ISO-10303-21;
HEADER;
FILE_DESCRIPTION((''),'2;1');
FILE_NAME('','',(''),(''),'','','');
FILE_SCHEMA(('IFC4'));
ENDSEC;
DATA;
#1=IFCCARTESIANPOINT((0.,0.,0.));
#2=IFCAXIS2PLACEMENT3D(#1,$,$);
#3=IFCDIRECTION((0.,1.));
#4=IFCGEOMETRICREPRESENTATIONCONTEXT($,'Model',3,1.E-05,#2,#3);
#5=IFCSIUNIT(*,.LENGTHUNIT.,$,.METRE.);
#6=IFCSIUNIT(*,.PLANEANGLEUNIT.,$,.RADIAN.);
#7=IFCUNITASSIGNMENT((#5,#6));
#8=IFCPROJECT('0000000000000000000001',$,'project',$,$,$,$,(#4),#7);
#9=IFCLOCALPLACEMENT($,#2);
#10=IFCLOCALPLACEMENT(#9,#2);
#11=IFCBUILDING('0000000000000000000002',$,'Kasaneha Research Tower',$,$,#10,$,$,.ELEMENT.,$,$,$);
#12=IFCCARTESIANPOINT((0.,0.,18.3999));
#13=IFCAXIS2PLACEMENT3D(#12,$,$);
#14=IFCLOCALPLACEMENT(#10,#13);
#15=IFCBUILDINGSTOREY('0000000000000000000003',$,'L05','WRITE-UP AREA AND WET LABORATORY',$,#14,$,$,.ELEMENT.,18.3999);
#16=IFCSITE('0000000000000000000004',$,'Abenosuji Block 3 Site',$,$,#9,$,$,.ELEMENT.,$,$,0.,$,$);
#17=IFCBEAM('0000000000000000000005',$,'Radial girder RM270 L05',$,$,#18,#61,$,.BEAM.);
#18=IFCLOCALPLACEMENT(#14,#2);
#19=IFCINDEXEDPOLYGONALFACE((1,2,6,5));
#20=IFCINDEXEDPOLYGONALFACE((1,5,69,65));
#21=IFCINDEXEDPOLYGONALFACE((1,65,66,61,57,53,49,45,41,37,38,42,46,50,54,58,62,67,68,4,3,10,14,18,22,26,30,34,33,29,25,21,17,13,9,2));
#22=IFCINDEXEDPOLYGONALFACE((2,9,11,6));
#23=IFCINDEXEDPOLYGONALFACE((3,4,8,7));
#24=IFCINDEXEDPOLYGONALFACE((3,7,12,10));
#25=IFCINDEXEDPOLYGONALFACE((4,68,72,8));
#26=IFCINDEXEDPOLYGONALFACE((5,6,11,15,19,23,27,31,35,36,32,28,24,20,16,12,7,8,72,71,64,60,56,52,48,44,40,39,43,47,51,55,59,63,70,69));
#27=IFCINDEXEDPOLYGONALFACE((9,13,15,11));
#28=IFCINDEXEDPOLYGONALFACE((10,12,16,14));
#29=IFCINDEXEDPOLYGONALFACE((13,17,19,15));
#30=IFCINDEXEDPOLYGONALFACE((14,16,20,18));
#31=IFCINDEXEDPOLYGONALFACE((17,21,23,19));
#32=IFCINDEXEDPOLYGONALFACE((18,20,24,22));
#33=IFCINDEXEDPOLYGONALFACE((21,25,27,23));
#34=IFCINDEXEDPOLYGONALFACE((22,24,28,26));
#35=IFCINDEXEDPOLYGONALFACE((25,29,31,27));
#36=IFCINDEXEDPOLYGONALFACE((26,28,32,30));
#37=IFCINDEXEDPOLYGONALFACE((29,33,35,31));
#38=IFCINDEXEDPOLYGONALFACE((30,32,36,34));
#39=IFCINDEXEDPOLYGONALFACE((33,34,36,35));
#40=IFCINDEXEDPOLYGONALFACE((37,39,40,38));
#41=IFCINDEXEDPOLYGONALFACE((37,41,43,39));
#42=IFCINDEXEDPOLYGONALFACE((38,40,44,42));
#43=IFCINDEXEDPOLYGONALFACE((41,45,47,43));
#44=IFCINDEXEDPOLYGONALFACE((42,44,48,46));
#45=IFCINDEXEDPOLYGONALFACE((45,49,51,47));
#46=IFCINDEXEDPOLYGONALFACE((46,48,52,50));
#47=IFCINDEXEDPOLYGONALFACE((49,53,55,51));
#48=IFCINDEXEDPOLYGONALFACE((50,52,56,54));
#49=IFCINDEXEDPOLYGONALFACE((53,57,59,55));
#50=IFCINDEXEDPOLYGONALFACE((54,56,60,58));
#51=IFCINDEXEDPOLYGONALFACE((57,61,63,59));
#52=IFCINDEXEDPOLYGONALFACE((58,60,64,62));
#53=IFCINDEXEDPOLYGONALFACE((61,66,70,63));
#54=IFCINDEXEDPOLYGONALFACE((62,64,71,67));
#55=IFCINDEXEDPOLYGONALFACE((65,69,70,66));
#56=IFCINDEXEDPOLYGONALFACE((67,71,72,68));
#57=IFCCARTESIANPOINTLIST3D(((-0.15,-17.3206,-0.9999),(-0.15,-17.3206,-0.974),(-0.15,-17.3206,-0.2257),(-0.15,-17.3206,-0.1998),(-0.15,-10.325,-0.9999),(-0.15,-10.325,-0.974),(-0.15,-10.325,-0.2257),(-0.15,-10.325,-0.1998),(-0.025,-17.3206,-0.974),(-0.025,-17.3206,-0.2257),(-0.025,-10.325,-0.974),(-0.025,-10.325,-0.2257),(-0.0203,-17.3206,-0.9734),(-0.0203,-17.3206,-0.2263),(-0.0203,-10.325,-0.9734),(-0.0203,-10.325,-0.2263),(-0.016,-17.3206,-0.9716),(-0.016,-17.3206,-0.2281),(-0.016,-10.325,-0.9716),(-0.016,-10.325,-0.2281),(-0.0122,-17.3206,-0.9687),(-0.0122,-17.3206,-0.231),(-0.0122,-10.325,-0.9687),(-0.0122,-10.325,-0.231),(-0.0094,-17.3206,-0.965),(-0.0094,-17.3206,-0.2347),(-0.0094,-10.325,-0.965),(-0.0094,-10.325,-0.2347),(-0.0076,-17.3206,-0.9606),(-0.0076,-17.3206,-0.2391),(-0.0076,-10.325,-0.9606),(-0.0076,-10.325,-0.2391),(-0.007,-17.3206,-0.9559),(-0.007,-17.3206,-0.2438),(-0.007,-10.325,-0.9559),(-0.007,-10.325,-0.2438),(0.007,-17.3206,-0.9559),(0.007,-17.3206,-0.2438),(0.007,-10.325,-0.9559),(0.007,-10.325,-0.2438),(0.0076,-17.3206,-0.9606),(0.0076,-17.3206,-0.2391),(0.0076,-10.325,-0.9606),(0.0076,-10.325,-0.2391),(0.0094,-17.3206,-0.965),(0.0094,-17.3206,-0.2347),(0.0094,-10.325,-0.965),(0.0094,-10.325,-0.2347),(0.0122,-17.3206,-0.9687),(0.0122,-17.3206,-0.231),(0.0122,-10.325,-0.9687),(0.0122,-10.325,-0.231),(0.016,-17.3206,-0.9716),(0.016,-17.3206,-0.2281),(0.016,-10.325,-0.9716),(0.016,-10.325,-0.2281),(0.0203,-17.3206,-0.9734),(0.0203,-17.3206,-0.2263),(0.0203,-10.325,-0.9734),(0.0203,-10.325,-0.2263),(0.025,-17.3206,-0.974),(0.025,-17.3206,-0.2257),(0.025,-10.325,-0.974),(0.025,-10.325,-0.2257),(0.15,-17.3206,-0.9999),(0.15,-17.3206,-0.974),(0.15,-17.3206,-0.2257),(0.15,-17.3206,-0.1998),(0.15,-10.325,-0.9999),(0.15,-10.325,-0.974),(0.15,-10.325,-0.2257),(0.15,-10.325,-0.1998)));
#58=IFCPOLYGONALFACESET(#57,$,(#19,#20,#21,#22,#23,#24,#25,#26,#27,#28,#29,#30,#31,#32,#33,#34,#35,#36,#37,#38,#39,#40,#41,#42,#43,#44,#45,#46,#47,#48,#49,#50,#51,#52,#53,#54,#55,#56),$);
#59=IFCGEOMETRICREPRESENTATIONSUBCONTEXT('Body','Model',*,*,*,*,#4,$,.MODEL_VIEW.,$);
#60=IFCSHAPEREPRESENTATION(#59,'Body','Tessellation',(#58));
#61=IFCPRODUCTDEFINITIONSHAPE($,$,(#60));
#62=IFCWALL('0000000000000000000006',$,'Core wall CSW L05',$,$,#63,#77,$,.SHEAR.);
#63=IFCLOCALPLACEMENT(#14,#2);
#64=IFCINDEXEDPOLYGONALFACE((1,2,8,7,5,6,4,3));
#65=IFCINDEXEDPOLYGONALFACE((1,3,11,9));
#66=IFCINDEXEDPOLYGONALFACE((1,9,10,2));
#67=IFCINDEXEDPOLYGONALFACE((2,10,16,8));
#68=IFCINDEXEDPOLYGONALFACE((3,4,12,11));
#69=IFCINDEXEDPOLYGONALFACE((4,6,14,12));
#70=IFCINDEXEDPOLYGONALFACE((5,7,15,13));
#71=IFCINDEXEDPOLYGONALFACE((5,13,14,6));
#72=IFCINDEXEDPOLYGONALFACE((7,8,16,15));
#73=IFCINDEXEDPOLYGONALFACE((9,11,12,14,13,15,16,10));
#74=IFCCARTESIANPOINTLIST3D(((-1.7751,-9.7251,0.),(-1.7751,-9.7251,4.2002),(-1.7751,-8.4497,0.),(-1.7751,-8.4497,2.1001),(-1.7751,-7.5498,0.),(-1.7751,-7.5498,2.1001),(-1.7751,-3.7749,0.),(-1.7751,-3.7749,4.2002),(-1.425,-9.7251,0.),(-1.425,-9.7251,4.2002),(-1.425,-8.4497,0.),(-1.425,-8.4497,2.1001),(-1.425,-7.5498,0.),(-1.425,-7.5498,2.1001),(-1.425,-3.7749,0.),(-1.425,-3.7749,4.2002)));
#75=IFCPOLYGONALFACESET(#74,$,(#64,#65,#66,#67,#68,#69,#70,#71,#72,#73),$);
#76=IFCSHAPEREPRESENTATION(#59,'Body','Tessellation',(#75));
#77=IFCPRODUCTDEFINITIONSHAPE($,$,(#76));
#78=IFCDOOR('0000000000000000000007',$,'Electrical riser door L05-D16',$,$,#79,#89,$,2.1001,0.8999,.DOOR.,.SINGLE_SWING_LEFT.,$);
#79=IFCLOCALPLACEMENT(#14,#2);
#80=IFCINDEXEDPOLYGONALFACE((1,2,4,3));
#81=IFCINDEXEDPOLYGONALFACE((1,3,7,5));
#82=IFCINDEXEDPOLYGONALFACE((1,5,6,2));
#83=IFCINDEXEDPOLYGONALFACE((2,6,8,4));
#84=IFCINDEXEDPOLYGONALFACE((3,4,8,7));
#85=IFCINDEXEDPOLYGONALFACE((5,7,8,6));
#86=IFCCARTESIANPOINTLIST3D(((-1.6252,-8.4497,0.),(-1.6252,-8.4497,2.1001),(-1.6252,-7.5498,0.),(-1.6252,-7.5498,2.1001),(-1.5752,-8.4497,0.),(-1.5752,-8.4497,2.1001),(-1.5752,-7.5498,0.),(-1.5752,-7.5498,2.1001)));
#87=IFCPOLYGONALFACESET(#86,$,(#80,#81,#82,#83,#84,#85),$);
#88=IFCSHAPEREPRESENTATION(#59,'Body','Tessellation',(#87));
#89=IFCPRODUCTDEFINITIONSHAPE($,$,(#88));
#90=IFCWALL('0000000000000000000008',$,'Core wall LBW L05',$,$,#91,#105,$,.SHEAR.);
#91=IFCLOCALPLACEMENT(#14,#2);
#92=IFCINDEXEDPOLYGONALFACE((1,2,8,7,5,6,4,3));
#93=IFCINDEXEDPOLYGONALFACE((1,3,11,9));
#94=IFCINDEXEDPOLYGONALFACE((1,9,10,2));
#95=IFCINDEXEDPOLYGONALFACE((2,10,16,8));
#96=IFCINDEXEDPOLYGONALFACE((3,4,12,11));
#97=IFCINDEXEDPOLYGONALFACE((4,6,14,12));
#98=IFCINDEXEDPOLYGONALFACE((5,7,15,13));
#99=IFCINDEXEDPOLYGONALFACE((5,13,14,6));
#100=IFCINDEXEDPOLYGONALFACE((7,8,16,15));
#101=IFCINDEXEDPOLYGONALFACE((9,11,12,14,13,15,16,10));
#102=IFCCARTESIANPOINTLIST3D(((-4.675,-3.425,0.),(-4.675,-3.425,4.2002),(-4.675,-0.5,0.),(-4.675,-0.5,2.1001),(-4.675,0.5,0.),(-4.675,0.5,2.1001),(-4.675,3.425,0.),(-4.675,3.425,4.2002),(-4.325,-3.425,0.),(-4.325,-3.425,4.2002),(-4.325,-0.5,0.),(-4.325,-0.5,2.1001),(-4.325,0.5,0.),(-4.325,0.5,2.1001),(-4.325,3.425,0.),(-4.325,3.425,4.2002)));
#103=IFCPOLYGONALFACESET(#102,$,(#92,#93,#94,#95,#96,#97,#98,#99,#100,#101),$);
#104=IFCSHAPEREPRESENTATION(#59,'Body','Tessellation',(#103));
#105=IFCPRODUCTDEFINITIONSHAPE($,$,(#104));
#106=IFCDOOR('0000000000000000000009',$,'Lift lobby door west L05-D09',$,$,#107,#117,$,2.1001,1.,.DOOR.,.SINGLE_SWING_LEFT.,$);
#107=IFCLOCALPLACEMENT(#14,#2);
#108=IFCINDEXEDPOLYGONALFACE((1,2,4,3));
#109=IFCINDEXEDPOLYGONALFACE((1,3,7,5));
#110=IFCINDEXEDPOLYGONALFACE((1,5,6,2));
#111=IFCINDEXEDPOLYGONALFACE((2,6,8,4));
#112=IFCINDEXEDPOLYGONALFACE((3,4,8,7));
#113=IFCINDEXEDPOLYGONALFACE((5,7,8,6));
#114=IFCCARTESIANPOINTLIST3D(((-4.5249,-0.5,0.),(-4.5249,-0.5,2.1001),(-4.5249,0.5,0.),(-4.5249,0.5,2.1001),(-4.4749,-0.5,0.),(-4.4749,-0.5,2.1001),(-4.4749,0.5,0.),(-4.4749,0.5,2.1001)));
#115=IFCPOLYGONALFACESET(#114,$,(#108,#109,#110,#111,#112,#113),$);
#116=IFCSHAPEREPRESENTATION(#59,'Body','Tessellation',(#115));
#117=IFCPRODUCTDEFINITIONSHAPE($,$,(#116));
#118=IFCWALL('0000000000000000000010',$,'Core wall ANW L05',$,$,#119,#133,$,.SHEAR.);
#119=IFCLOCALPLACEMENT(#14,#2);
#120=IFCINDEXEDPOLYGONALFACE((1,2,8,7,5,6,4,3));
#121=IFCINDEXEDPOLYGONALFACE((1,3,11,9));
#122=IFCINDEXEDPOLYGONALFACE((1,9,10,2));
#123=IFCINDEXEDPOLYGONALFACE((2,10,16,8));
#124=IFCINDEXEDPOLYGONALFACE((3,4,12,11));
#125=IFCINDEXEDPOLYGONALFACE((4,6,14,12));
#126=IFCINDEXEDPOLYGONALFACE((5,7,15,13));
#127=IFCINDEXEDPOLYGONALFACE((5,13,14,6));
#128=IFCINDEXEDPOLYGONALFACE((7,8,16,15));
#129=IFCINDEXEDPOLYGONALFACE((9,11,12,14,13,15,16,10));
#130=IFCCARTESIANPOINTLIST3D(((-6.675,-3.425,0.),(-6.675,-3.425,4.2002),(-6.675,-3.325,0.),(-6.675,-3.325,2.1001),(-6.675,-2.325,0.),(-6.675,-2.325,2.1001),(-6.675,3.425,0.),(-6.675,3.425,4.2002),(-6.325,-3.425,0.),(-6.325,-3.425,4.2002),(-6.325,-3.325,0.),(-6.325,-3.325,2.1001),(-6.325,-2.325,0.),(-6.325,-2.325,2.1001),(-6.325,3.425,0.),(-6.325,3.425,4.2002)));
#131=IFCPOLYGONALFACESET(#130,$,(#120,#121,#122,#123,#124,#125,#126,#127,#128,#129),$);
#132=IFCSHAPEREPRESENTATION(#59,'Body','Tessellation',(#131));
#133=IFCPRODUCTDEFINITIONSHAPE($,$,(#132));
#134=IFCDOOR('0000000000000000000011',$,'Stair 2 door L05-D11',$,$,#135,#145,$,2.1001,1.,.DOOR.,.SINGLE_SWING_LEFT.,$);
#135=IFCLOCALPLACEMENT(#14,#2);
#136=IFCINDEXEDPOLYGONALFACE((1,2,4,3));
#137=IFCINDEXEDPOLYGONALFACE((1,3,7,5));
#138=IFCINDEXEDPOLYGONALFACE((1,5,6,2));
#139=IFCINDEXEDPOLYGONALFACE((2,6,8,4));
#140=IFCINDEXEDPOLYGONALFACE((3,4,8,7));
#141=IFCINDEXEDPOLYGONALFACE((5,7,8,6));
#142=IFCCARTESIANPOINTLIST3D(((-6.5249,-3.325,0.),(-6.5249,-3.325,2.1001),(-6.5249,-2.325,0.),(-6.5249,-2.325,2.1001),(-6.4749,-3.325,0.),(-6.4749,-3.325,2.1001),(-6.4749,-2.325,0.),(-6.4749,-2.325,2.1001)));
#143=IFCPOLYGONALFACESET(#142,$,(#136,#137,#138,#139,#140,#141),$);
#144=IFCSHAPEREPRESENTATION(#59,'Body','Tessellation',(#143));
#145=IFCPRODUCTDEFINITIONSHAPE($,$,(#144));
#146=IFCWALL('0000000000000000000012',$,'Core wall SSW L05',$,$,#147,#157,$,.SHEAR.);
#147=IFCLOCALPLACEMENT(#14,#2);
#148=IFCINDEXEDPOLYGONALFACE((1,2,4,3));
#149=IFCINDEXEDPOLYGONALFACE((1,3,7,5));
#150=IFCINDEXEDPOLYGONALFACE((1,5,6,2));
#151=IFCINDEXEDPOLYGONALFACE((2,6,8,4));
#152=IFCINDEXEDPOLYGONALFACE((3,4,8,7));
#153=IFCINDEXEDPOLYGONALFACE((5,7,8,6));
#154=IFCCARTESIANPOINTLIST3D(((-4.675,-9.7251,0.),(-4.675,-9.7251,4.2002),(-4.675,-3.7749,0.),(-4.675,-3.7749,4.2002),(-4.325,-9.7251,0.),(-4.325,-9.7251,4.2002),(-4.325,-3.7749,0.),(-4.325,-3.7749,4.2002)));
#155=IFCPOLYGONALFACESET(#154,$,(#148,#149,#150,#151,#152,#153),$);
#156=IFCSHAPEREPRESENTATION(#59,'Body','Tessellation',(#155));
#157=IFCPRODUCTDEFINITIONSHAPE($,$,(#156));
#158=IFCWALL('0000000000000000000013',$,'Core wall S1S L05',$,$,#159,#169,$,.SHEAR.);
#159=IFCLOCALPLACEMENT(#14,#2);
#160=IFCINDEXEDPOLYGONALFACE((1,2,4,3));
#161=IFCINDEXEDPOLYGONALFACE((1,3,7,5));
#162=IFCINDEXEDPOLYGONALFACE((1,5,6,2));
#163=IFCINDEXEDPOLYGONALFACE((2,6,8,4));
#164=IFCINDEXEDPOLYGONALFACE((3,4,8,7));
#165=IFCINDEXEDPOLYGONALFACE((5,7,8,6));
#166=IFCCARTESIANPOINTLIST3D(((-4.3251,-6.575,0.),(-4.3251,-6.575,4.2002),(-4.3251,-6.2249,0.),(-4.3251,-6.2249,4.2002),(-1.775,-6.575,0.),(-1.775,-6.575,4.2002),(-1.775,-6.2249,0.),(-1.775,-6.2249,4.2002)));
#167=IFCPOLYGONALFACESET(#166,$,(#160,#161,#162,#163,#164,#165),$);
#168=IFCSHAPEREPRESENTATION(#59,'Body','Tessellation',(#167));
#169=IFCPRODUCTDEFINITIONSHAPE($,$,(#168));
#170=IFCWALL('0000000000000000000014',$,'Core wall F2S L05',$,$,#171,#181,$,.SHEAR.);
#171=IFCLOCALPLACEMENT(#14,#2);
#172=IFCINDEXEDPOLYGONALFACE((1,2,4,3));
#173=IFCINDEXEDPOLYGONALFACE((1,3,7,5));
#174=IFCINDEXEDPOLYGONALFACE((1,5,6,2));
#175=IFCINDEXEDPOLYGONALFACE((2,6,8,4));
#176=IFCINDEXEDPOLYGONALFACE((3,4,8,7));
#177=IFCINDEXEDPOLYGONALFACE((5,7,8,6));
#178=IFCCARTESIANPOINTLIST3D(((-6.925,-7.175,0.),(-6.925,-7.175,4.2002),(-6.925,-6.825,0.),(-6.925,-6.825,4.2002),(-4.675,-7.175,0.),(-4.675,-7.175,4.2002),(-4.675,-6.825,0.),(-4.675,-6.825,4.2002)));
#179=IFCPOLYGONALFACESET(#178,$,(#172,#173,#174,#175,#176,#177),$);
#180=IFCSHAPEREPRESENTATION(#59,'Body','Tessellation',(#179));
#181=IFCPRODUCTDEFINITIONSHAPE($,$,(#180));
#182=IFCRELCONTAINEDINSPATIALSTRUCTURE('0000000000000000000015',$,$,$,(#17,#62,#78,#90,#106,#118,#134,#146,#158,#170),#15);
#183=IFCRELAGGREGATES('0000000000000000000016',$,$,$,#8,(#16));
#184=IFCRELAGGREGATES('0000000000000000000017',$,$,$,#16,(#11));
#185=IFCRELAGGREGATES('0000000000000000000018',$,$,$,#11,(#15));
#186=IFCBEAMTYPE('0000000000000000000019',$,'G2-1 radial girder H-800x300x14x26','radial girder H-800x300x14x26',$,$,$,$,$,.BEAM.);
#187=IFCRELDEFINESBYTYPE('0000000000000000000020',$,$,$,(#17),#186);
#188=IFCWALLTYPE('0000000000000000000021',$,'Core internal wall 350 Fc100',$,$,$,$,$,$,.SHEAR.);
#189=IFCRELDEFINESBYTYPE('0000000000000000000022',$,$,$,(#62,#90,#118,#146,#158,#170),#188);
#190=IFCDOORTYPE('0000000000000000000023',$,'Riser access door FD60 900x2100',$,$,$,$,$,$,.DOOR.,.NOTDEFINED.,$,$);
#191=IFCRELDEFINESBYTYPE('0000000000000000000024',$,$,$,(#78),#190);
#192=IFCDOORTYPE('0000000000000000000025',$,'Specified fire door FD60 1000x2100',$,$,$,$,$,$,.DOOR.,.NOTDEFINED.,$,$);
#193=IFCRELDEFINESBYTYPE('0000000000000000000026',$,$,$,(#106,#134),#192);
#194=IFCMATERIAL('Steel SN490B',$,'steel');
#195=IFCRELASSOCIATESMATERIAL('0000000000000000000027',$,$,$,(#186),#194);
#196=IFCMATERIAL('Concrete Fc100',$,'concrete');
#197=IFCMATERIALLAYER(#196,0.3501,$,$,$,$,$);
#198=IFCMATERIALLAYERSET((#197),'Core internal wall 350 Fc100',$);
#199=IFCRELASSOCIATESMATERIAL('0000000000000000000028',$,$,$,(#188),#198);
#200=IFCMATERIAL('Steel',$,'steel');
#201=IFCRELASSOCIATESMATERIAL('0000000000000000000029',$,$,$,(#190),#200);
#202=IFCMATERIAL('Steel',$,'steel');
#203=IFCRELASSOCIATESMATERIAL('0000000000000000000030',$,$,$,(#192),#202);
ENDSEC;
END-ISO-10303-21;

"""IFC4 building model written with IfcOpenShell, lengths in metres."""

from ifc_helpers import new_model, si_unit, direction, frame, frame_2d, origin, origin_2d, place, context, subcontext, project, spatial, rectangle, i_section, extrude, material, layer, layer_set, material_profile, profile_set, type_object, element, fill, save


model = new_model("IFC4")

# Units and contexts
model_context = context("Model", 3, precision=1e-05, world=origin(), true_north=direction((0.0, 1.0)))
body_context = subcontext(model_context, "Body", "Model", "MODEL_VIEW")
ifc_project = project(units=[si_unit("LENGTHUNIT", "METRE"), si_unit("PLANEANGLEUNIT", "RADIAN")], contexts=[model_context])

# Site, building, storey
site_placement = place(None, origin())
site = spatial("IfcSite", under=ifc_project, at=site_placement, Name="Abenosuji Block 3 Site", CompositionType="ELEMENT", RefElevation=0.0)
building_placement = place(site_placement, origin())
building = spatial("IfcBuilding", under=site, at=building_placement, Name="Kasaneha Research Tower", CompositionType="ELEMENT")
storey_placement = place(building_placement, frame((0.0, 0.0, 18.3999)))
storey = spatial("IfcBuildingStorey", under=building, at=storey_placement, Name="L05", Description="WRITE-UP AREA AND WET LABORATORY", CompositionType="ELEMENT", Elevation=18.3999)

# Beam
ifc_material_1 = material(Name="Steel SN490B", Category="steel")
ifc_material_profile_1 = material_profile(ifc_material_1, i_section(OverallWidth=0.3, OverallDepth=0.8, WebThickness=0.0139, FlangeThickness=0.0259, FilletRadius=0.0181, at=origin_2d()), Name="H-800x300x14x26")
ifc_profile_set_1 = profile_set([ifc_material_profile_1], Name="Steel SN490B")
beam_type_1 = type_object("IfcBeamType", Name="G2-1 radial girder H-800x300x14x26", Description="radial girder H-800x300x14x26", PredefinedType="BEAM", material=ifc_profile_set_1)
beam_1_placement = place(storey_placement, frame((0.0, -10.325, -0.5999), z_axis=(0.0, -1.0, 0.0), x_axis=(1.0, 0.0, 0.0)))
element("IfcBeam", 1, at=beam_1_placement, inside=storey, type_object=beam_type_1, Name="Radial girder RM270 L05", PredefinedType="BEAM", context=body_context, shape_type="SweptSolid", body=[
    extrude(i_section(OverallWidth=0.3, OverallDepth=0.8, WebThickness=0.0139, FlangeThickness=0.0259, FilletRadius=0.0181, at=origin_2d()), origin(), (0.0, 0.0, 1.0), 6.9956),
])

# Walls, openings, doors
ifc_material_2 = material(Name="Concrete Fc100", Category="concrete")
ifc_layer_1 = layer(ifc_material_2, 0.3501)
ifc_layer_set_1 = layer_set([ifc_layer_1], Name="Core internal wall 350 Fc100")
wall_type_1 = type_object("IfcWallType", Name="Core internal wall 350 Fc100", PredefinedType="SHEAR", material=ifc_layer_set_1)
wall_1_placement = place(storey_placement, frame((-1.6001, -3.7749, 0.0), z_axis=(0.0, 0.0, 1.0), x_axis=(0.0, -1.0, 0.0)))
wall_1 = element("IfcWall", 2, at=wall_1_placement, inside=storey, type_object=wall_type_1, Name="Core wall CSW L05", PredefinedType="SHEAR", context=body_context, shape_type="SweptSolid", body=[
    extrude(rectangle(XDim=5.9502, YDim=0.3501, at=frame_2d((2.9751, 0.0))), origin(), (0.0, 0.0, 1.0), 4.2002),
])
opening_1_placement = place(wall_1_placement, frame((3.7749, 0.0, 0.0)))
opening_1 = element("IfcOpeningElement", 3, at=opening_1_placement, cuts=wall_1, PredefinedType="OPENING", context=body_context, shape_type="SweptSolid", body=[
    extrude(rectangle(XDim=0.8999, YDim=2.1001, at=frame_2d((0.45, 1.05))), frame((0.0, 0.1851, 0.0), z_axis=(0.0, -1.0, 0.0), x_axis=(1.0, 0.0, 0.0)), (0.0, 0.0, 1.0), 0.3701),
])
ifc_material_3 = material(Name="Steel", Category="steel")
door_type_1 = type_object("IfcDoorType", Name="Riser access door FD60 900x2100", OperationType="NOTDEFINED", PredefinedType="DOOR", material=ifc_material_3)
door_1_placement = place(opening_1_placement, origin())
door_1 = element("IfcDoor", 4, at=door_1_placement, inside=storey, type_object=door_type_1, Name="Electrical riser door L05-D16", OperationType="SINGLE_SWING_LEFT", OverallHeight=2.1001, OverallWidth=0.8999, PredefinedType="DOOR", context=body_context, shape_type="SweptSolid", body=[
    extrude(rectangle(XDim=0.8999, YDim=2.1001, at=frame_2d((0.45, 1.05))), frame((0.0, 0.0249, 0.0), z_axis=(0.0, -1.0, 0.0), x_axis=(1.0, 0.0, 0.0)), (0.0, 0.0, 1.0), 0.05),
])
fill(opening_1, door_1)
wall_2_placement = place(storey_placement, frame((-4.5, -3.425, 0.0), z_axis=(0.0, 0.0, 1.0), x_axis=(0.0, 1.0, 0.0)))
wall_2 = element("IfcWall", 5, at=wall_2_placement, inside=storey, type_object=wall_type_1, Name="Core wall LBW L05", PredefinedType="SHEAR", context=body_context, shape_type="SweptSolid", body=[
    extrude(rectangle(XDim=6.8501, YDim=0.3501, at=frame_2d((3.425, 0.0))), origin(), (0.0, 0.0, 1.0), 4.2002),
])
opening_2_placement = place(wall_2_placement, frame((2.925, 0.0, 0.0)))
opening_2 = element("IfcOpeningElement", 6, at=opening_2_placement, cuts=wall_2, PredefinedType="OPENING", context=body_context, shape_type="SweptSolid", body=[
    extrude(rectangle(XDim=1.0, YDim=2.1001, at=frame_2d((0.5, 1.05))), frame((0.0, 0.1851, 0.0), z_axis=(0.0, -1.0, 0.0), x_axis=(1.0, 0.0, 0.0)), (0.0, 0.0, 1.0), 0.3701),
])
ifc_material_4 = material(Name="Steel", Category="steel")
door_type_2 = type_object("IfcDoorType", Name="Specified fire door FD60 1000x2100", OperationType="NOTDEFINED", PredefinedType="DOOR", material=ifc_material_4)
door_2_placement = place(opening_2_placement, origin())
door_2 = element("IfcDoor", 7, at=door_2_placement, inside=storey, type_object=door_type_2, Name="Lift lobby door west L05-D09", OperationType="SINGLE_SWING_LEFT", OverallHeight=2.1001, OverallWidth=1.0, PredefinedType="DOOR", context=body_context, shape_type="SweptSolid", body=[
    extrude(rectangle(XDim=1.0, YDim=2.1001, at=frame_2d((0.5, 1.05))), frame((0.0, 0.0249, 0.0), z_axis=(0.0, -1.0, 0.0), x_axis=(1.0, 0.0, 0.0)), (0.0, 0.0, 1.0), 0.05),
])
fill(opening_2, door_2)
wall_3_placement = place(storey_placement, frame((-6.5, -3.425, 0.0), z_axis=(0.0, 0.0, 1.0), x_axis=(0.0, 1.0, 0.0)))
wall_3 = element("IfcWall", 8, at=wall_3_placement, inside=storey, type_object=wall_type_1, Name="Core wall ANW L05", PredefinedType="SHEAR", context=body_context, shape_type="SweptSolid", body=[
    extrude(rectangle(XDim=6.8501, YDim=0.3501, at=frame_2d((3.425, 0.0))), origin(), (0.0, 0.0, 1.0), 4.2002),
])
opening_3_placement = place(wall_3_placement, frame((0.1001, 0.0, 0.0)))
opening_3 = element("IfcOpeningElement", 9, at=opening_3_placement, cuts=wall_3, PredefinedType="OPENING", context=body_context, shape_type="SweptSolid", body=[
    extrude(rectangle(XDim=1.0, YDim=2.1001, at=frame_2d((0.5, 1.05))), frame((0.0, 0.1851, 0.0), z_axis=(0.0, -1.0, 0.0), x_axis=(1.0, 0.0, 0.0)), (0.0, 0.0, 1.0), 0.3701),
])
door_3_placement = place(opening_3_placement, origin())
door_3 = element("IfcDoor", 10, at=door_3_placement, inside=storey, type_object=door_type_2, Name="Stair 2 door L05-D11", OperationType="SINGLE_SWING_LEFT", OverallHeight=2.1001, OverallWidth=1.0, PredefinedType="DOOR", context=body_context, shape_type="SweptSolid", body=[
    extrude(rectangle(XDim=1.0, YDim=2.1001, at=frame_2d((0.5, 1.05))), frame((0.0, 0.0249, 0.0), z_axis=(0.0, -1.0, 0.0), x_axis=(1.0, 0.0, 0.0)), (0.0, 0.0, 1.0), 0.05),
])
fill(opening_3, door_3)

# Walls
wall_4_placement = place(storey_placement, frame((-4.5, -3.7749, 0.0), z_axis=(0.0, 0.0, 1.0), x_axis=(0.0, -1.0, 0.0)))
element("IfcWall", 11, at=wall_4_placement, inside=storey, type_object=wall_type_1, Name="Core wall SSW L05", PredefinedType="SHEAR", context=body_context, shape_type="SweptSolid", body=[
    extrude(rectangle(XDim=5.9502, YDim=0.3501, at=frame_2d((2.9751, 0.0))), origin(), (0.0, 0.0, 1.0), 4.2002),
])
wall_5_placement = place(storey_placement, frame((-4.325, -6.3999, 0.0), z_axis=(0.0, 0.0, 1.0), x_axis=(1.0, 0.0, 0.0)))
element("IfcWall", 12, at=wall_5_placement, inside=storey, type_object=wall_type_1, Name="Core wall S1S L05", PredefinedType="SHEAR", context=body_context, shape_type="SweptSolid", body=[
    extrude(rectangle(XDim=2.55, YDim=0.3501, at=frame_2d((1.2749, 0.0))), origin(), (0.0, 0.0, 1.0), 4.2002),
])
wall_6_placement = place(storey_placement, frame((-6.925, -7.0, 0.0), z_axis=(0.0, 0.0, 1.0), x_axis=(1.0, 0.0, 0.0)))
element("IfcWall", 13, at=wall_6_placement, inside=storey, type_object=wall_type_1, Name="Core wall F2S L05", PredefinedType="SHEAR", context=body_context, shape_type="SweptSolid", body=[
    extrude(rectangle(XDim=2.25, YDim=0.3501, at=frame_2d((1.125, 0.0))), origin(), (0.0, 0.0, 1.0), 4.2002),
])

save(model, "model.ifc")
